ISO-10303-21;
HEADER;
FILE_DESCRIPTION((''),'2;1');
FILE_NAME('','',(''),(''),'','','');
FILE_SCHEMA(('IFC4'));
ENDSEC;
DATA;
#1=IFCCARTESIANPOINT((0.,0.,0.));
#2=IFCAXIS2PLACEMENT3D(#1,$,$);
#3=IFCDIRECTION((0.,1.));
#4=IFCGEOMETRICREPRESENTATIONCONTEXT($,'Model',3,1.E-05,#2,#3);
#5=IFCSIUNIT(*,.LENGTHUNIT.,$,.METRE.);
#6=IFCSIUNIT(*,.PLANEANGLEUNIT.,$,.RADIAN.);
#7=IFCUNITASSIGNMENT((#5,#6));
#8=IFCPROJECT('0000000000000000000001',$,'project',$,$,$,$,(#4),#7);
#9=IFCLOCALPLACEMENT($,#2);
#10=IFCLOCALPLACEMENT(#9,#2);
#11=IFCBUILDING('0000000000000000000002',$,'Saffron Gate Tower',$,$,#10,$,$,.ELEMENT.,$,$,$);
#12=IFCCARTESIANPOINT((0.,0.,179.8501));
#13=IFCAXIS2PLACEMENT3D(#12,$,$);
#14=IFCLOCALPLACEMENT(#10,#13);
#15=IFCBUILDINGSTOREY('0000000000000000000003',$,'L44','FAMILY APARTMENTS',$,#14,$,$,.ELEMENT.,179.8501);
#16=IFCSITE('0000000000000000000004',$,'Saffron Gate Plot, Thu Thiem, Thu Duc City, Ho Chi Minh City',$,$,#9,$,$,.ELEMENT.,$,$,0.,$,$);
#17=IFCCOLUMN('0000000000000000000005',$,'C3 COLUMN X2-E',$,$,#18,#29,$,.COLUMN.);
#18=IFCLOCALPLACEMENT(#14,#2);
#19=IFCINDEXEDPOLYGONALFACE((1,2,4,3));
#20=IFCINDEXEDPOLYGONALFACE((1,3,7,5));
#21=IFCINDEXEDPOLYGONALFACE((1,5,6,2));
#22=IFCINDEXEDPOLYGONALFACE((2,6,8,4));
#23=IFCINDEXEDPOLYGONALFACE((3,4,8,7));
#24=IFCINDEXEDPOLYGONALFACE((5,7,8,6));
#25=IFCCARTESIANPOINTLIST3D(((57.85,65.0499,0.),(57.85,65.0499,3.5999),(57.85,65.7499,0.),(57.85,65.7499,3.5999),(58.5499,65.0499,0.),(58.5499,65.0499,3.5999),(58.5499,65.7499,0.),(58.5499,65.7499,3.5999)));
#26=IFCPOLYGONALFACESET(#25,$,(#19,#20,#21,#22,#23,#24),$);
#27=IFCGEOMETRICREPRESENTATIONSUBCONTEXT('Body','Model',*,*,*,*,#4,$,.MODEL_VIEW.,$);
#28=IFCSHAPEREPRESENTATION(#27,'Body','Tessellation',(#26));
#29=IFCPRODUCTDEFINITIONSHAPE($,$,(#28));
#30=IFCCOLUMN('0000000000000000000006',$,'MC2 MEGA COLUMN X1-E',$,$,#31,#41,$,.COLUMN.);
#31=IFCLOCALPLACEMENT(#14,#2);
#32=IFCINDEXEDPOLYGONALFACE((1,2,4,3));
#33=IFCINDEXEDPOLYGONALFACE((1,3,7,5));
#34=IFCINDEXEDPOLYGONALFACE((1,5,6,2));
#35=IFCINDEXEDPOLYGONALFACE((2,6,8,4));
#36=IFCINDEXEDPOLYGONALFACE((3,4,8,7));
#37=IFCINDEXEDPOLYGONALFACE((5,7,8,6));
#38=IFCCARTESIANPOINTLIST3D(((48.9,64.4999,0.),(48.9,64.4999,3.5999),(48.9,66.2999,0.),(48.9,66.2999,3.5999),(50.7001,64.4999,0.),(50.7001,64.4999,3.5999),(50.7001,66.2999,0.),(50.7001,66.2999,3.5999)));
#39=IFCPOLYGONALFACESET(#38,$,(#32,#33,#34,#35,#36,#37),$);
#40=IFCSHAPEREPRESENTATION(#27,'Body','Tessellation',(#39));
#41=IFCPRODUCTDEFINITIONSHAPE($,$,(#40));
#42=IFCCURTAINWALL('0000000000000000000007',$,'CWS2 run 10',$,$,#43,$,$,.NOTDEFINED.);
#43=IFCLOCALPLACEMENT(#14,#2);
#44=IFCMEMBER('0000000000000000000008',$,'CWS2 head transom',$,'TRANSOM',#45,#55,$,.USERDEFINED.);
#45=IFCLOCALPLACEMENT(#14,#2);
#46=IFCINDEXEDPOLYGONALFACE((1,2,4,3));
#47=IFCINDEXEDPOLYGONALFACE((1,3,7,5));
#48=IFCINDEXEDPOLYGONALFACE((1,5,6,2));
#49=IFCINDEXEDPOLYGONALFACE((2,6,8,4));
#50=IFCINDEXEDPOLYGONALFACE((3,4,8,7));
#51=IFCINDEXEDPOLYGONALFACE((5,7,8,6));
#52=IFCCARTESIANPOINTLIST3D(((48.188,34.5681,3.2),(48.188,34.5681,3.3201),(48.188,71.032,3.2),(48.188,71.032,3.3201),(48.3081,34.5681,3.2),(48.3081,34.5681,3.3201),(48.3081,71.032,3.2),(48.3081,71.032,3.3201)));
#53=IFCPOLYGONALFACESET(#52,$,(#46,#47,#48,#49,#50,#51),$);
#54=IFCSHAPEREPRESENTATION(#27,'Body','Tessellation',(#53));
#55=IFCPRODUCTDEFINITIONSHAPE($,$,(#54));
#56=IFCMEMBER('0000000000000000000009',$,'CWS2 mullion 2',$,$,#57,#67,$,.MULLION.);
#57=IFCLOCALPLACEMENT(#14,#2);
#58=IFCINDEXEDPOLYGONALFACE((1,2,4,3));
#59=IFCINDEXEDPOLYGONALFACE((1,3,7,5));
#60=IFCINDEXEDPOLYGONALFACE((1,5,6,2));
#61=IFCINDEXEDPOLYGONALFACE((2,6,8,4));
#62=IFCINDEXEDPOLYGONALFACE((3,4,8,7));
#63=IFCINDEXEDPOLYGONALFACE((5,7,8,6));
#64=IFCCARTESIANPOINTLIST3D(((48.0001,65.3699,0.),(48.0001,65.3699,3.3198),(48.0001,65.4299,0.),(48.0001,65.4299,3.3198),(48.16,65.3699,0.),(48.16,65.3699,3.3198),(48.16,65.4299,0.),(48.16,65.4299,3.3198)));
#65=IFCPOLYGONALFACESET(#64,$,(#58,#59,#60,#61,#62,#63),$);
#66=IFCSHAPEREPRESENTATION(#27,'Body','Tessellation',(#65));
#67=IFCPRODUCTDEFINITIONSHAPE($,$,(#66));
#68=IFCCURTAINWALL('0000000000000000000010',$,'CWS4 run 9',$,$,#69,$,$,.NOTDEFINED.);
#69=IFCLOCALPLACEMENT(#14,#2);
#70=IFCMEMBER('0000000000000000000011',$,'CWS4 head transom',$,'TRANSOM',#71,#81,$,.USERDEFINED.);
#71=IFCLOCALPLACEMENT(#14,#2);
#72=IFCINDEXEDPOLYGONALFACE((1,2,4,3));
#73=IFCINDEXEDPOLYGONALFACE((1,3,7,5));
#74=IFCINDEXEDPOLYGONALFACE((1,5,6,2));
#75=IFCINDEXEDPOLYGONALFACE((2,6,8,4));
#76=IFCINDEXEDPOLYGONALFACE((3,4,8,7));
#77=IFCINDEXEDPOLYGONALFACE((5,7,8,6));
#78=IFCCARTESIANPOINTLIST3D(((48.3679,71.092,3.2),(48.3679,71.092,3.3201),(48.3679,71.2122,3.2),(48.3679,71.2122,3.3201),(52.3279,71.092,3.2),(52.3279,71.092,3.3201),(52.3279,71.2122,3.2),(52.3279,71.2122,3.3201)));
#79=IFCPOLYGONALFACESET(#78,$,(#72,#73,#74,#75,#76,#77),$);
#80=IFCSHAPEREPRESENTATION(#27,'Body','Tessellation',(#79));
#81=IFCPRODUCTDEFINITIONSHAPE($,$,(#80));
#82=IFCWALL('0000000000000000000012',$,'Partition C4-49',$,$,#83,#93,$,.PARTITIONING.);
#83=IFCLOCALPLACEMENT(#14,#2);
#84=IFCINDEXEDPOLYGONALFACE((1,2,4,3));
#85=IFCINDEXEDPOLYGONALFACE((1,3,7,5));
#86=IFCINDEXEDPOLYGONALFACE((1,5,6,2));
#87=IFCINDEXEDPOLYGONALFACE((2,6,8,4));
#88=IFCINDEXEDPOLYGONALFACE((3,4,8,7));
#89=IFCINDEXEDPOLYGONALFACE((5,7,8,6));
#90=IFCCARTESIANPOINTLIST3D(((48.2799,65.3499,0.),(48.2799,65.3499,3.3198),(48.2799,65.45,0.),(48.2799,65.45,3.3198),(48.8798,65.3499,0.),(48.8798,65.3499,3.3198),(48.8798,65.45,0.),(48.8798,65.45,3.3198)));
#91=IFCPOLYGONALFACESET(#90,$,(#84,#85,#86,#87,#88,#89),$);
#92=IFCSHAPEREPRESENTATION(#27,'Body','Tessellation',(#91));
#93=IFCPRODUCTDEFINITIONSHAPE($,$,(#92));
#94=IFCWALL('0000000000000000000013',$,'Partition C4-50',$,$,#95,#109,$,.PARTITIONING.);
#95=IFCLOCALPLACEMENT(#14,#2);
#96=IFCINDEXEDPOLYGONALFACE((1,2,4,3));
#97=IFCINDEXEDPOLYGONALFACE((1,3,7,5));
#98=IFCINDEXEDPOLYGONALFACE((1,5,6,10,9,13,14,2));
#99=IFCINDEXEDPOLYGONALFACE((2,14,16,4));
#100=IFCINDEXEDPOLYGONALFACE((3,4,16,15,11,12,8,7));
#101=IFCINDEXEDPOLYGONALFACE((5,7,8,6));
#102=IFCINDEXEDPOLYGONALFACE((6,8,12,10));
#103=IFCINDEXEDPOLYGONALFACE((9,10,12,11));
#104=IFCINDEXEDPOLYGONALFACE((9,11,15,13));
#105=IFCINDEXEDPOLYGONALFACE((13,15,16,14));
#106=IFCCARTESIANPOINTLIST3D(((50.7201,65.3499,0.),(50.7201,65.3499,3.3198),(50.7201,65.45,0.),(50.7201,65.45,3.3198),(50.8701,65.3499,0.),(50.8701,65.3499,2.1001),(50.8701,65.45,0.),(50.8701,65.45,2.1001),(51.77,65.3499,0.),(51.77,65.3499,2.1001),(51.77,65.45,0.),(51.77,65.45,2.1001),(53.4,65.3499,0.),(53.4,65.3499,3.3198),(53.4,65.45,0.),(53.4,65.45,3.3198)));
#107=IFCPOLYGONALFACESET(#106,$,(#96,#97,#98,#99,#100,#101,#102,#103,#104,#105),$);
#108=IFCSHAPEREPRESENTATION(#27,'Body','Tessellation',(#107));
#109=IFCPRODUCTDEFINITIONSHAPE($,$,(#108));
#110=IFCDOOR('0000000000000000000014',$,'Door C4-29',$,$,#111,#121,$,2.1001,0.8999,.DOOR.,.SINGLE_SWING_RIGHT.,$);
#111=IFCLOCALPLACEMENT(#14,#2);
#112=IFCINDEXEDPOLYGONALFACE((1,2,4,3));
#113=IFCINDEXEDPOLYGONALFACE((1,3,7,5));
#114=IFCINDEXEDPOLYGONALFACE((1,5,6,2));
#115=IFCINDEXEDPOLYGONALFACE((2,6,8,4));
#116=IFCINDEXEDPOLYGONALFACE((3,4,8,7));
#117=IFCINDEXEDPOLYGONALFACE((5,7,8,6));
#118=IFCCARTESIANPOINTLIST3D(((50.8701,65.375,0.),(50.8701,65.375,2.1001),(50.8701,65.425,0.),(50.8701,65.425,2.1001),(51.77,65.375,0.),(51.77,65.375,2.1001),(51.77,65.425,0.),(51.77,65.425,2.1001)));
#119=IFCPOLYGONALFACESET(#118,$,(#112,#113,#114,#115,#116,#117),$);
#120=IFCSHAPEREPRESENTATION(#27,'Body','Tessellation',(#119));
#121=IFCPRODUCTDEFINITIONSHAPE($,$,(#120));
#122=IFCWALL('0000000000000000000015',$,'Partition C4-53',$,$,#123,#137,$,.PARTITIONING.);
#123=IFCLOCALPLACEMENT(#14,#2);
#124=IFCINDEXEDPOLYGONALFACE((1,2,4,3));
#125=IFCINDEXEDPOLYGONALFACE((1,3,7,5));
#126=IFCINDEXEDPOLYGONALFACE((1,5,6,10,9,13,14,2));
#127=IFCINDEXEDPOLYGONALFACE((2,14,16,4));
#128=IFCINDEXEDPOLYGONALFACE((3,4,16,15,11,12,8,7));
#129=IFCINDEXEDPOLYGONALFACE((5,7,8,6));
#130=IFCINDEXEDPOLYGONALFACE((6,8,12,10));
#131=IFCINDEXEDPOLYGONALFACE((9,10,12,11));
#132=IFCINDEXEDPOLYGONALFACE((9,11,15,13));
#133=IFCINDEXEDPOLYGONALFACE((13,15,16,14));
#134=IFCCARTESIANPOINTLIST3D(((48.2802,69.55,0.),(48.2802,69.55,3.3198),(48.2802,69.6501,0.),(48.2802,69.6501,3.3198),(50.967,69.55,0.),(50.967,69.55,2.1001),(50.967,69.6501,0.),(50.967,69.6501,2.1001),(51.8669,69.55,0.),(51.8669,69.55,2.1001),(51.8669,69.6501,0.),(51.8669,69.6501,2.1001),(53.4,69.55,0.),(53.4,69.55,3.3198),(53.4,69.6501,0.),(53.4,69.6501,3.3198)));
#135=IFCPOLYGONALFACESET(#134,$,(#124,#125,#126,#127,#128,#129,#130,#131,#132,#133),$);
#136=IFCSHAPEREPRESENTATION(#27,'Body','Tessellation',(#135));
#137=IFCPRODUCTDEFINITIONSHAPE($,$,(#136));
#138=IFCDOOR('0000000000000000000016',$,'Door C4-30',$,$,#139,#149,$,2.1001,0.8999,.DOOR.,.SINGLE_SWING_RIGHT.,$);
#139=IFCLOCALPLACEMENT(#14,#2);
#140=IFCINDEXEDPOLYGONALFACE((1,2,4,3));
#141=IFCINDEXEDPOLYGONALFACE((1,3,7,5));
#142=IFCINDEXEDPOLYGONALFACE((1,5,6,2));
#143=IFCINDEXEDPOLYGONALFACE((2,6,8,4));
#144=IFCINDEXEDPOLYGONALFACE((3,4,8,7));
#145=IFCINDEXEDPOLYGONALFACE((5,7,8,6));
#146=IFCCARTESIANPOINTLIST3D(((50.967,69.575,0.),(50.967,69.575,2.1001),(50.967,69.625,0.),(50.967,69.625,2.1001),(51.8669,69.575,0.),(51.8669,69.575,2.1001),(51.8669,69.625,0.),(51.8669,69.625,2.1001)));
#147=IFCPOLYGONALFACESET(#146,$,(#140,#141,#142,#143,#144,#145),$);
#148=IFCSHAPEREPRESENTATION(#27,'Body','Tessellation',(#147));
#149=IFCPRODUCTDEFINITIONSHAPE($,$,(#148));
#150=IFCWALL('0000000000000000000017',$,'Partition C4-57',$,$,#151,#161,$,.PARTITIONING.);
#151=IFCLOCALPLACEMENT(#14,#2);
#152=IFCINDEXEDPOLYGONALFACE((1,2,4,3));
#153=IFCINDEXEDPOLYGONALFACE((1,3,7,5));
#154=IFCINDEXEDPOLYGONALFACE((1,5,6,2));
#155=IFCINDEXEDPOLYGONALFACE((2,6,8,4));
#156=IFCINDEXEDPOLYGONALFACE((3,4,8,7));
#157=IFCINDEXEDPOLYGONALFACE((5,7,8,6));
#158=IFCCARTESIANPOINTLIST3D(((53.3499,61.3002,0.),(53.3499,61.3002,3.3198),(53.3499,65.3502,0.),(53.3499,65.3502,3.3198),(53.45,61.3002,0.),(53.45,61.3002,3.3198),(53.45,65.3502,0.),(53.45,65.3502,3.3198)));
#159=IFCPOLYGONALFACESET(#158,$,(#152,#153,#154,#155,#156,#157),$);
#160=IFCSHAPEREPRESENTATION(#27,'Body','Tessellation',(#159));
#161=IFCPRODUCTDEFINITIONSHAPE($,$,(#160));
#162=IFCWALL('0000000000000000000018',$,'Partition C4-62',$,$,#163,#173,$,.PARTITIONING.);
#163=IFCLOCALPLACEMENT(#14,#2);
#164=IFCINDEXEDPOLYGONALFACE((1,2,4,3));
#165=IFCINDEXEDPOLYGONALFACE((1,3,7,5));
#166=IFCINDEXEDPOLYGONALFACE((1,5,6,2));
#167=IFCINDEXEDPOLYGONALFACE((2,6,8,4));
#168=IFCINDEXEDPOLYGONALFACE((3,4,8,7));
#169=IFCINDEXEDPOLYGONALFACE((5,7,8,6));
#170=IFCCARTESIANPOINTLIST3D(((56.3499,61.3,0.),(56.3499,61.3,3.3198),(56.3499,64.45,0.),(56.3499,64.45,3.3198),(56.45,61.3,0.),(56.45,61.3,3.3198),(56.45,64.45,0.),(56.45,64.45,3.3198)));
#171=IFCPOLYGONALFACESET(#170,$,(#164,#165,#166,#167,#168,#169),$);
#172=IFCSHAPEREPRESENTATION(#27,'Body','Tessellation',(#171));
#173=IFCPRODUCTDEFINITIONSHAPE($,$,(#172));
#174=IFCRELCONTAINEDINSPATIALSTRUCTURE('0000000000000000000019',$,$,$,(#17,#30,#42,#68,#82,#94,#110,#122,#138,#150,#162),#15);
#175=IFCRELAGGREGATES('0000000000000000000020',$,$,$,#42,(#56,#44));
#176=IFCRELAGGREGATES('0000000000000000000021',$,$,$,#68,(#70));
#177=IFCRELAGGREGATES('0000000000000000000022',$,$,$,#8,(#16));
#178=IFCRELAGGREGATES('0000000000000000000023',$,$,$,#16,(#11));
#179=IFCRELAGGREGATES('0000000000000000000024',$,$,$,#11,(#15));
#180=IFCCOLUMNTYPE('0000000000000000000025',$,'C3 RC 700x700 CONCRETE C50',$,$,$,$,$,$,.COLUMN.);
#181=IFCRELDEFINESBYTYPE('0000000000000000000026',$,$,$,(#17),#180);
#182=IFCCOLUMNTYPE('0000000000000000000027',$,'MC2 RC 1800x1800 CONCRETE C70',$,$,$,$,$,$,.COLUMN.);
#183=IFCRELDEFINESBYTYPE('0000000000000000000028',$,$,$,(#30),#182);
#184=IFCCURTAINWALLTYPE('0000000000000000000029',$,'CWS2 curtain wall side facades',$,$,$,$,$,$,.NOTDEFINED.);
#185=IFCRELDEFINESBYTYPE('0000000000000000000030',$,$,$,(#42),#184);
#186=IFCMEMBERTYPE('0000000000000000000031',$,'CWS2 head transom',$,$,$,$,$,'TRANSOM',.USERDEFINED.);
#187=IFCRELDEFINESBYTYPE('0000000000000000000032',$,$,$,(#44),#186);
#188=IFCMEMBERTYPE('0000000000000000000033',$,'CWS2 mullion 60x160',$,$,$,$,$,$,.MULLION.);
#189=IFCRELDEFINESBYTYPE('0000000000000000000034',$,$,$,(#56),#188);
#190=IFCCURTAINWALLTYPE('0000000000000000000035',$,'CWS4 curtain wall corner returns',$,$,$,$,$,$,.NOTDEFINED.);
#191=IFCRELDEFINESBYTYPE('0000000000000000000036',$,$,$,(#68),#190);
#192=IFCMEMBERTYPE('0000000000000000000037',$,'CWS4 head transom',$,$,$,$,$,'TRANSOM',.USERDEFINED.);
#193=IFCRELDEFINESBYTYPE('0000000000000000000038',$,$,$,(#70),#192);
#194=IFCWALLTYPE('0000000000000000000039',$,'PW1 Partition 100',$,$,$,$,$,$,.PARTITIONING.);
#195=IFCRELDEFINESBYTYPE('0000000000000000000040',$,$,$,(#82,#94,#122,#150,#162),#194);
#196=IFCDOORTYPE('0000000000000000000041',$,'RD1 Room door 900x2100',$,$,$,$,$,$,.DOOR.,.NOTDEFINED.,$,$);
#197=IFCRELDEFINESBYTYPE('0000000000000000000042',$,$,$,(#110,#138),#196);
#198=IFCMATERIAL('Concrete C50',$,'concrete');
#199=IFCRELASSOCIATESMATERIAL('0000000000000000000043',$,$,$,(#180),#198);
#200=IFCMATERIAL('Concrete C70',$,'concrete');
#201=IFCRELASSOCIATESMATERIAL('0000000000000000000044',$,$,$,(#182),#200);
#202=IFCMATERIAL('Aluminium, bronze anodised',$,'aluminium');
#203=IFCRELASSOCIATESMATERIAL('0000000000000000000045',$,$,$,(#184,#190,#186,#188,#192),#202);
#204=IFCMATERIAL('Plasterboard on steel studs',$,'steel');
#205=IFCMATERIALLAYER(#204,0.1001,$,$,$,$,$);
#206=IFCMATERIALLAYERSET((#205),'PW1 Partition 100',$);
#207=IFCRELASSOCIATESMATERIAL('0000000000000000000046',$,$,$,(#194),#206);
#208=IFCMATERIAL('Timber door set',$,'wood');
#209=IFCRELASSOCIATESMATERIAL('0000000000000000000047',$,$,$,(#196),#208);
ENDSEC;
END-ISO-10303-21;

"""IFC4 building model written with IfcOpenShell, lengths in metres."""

from ifc_helpers import new_model, si_unit, direction, frame, frame_2d, origin, origin_2d, place, context, subcontext, project, spatial, rectangle, extrude, material, layer, layer_set, material_profile, profile_set, type_object, element, fill, aggregate, save


model = new_model("IFC4")

# Units and contexts
model_context = context("Model", 3, precision=1e-05, world=origin(), true_north=direction((0.0, 1.0)))
body_context = subcontext(model_context, "Body", "Model", "MODEL_VIEW")
ifc_project = project(units=[si_unit("LENGTHUNIT", "METRE"), si_unit("PLANEANGLEUNIT", "RADIAN")], contexts=[model_context])

# Site, building, storey
site_placement = place(None, origin())
site = spatial("IfcSite", under=ifc_project, at=site_placement, Name="Saffron Gate Plot, Thu Thiem, Thu Duc City, Ho Chi Minh City", CompositionType="ELEMENT", RefElevation=0.0)
building_placement = place(site_placement, origin())
building = spatial("IfcBuilding", under=site, at=building_placement, Name="Saffron Gate Tower", CompositionType="ELEMENT")
storey_placement = place(building_placement, frame((0.0, 0.0, 179.8501)))
storey = spatial("IfcBuildingStorey", under=building, at=storey_placement, Name="L44", Description="FAMILY APARTMENTS", CompositionType="ELEMENT", Elevation=179.8501)

# Columns
ifc_material_1 = material(Name="Concrete C50", Category="concrete")
ifc_material_profile_1 = material_profile(ifc_material_1, rectangle(XDim=0.7, YDim=0.7, at=origin_2d()))
ifc_profile_set_1 = profile_set([ifc_material_profile_1], Name="Concrete C50")
column_type_1 = type_object("IfcColumnType", Name="C3 RC 700x700 CONCRETE C50", PredefinedType="COLUMN", material=ifc_profile_set_1)
column_1_placement = place(storey_placement, frame((58.2, 65.3999, 0.0), z_axis=(0.0, 0.0, 1.0), x_axis=(1.0, 0.0, 0.0)))
element("IfcColumn", 1, at=column_1_placement, inside=storey, type_object=column_type_1, Name="C3 COLUMN X2-E", PredefinedType="COLUMN", context=body_context, shape_type="SweptSolid", body=[
    extrude(rectangle(XDim=0.7, YDim=0.7, at=origin_2d()), origin(), (0.0, 0.0, 1.0), 3.5999),
])
ifc_material_2 = material(Name="Concrete C70", Category="concrete")
ifc_material_profile_2 = material_profile(ifc_material_2, rectangle(XDim=1.8, YDim=1.8, at=origin_2d()))
ifc_profile_set_2 = profile_set([ifc_material_profile_2], Name="Concrete C70")
column_type_2 = type_object("IfcColumnType", Name="MC2 RC 1800x1800 CONCRETE C70", PredefinedType="COLUMN", material=ifc_profile_set_2)
column_2_placement = place(storey_placement, frame((49.8, 65.3999, 0.0), z_axis=(0.0, 0.0, 1.0), x_axis=(1.0, 0.0, 0.0)))
element("IfcColumn", 2, at=column_2_placement, inside=storey, type_object=column_type_2, Name="MC2 MEGA COLUMN X1-E", PredefinedType="COLUMN", context=body_context, shape_type="SweptSolid", body=[
    extrude(rectangle(XDim=1.8, YDim=1.8, at=origin_2d()), origin(), (0.0, 0.0, 1.0), 3.5999),
])

# Curtain wall, members
ifc_material_3 = material(Name="Aluminium, bronze anodised", Category="aluminium")
curtain_wall_type_1 = type_object("IfcCurtainWallType", Name="CWS2 curtain wall side facades", PredefinedType="NOTDEFINED", material=ifc_material_3)
curtain_wall_1_placement = place(storey_placement, origin())
curtain_wall_1 = element("IfcCurtainWall", 3, at=curtain_wall_1_placement, inside=storey, type_object=curtain_wall_type_1, Name="CWS2 run 10", PredefinedType="NOTDEFINED")
ifc_material_profile_3 = material_profile(ifc_material_3, rectangle(XDim=0.1201, YDim=0.1201, at=origin_2d()))
ifc_profile_set_3 = profile_set([ifc_material_profile_3], Name="Aluminium, bronze anodised")
member_type_1 = type_object("IfcMemberType", Name="CWS2 head transom", ElementType="TRANSOM", PredefinedType="USERDEFINED", material=ifc_profile_set_3)
member_1_placement = place(storey_placement, frame((48.248, 71.032, 3.26), z_axis=(0.0, -1.0, 0.0), x_axis=(1.0, 0.0, 0.0)))
member_1 = element("IfcMember", 4, at=member_1_placement, type_object=member_type_1, Name="CWS2 head transom", ObjectType="TRANSOM", PredefinedType="USERDEFINED", context=body_context, shape_type="SweptSolid", body=[
    extrude(rectangle(XDim=0.1201, YDim=0.1201, at=origin_2d()), origin(), (0.0, 0.0, 1.0), 36.4639),
])
ifc_material_profile_4 = material_profile(ifc_material_3, rectangle(XDim=0.1599, YDim=0.0601, at=origin_2d()))
ifc_profile_set_4 = profile_set([ifc_material_profile_4], Name="Aluminium, bronze anodised")
member_type_2 = type_object("IfcMemberType", Name="CWS2 mullion 60x160", PredefinedType="MULLION", material=ifc_profile_set_4)
member_2_placement = place(storey_placement, frame((48.0801, 65.3999, 0.0), z_axis=(0.0, 0.0, 1.0), x_axis=(1.0, 0.0, 0.0)))
member_2 = element("IfcMember", 5, at=member_2_placement, type_object=member_type_2, Name="CWS2 mullion 2", PredefinedType="MULLION", context=body_context, shape_type="SweptSolid", body=[
    extrude(rectangle(XDim=0.1599, YDim=0.0601, at=origin_2d()), origin(), (0.0, 0.0, 1.0), 3.3198),
])
aggregate(curtain_wall_1, [member_2, member_1])

# Curtain wall, member
curtain_wall_type_2 = type_object("IfcCurtainWallType", Name="CWS4 curtain wall corner returns", PredefinedType="NOTDEFINED", material=ifc_material_3)
curtain_wall_2_placement = place(storey_placement, origin())
curtain_wall_2 = element("IfcCurtainWall", 6, at=curtain_wall_2_placement, inside=storey, type_object=curtain_wall_type_2, Name="CWS4 run 9", PredefinedType="NOTDEFINED")
ifc_material_profile_5 = material_profile(ifc_material_3, rectangle(XDim=0.1201, YDim=0.1201, at=origin_2d()))
ifc_profile_set_5 = profile_set([ifc_material_profile_5], Name="Aluminium, bronze anodised")
member_type_3 = type_object("IfcMemberType", Name="CWS4 head transom", ElementType="TRANSOM", PredefinedType="USERDEFINED", material=ifc_profile_set_5)
member_3_placement = place(storey_placement, frame((52.3279, 71.1521, 3.26), z_axis=(-1.0, 0.0, 0.0), x_axis=(0.0, -1.0, 0.0)))
member_3 = element("IfcMember", 7, at=member_3_placement, type_object=member_type_3, Name="CWS4 head transom", ObjectType="TRANSOM", PredefinedType="USERDEFINED", context=body_context, shape_type="SweptSolid", body=[
    extrude(rectangle(XDim=0.1201, YDim=0.1201, at=origin_2d()), origin(), (0.0, 0.0, 1.0), 3.96),
])
aggregate(curtain_wall_2, [member_3])

# Wall
ifc_material_4 = material(Name="Plasterboard on steel studs", Category="steel")
ifc_layer_1 = layer(ifc_material_4, 0.1001)
ifc_layer_set_1 = layer_set([ifc_layer_1], Name="PW1 Partition 100")
wall_type_1 = type_object("IfcWallType", Name="PW1 Partition 100", PredefinedType="PARTITIONING", material=ifc_layer_set_1)
wall_1_placement = place(storey_placement, frame((48.28, 65.3999, 0.0), z_axis=(0.0, 0.0, 1.0), x_axis=(1.0, 0.0, 0.0)))
element("IfcWall", 8, at=wall_1_placement, inside=storey, type_object=wall_type_1, Name="Partition C4-49", PredefinedType="PARTITIONING", context=body_context, shape_type="SweptSolid", body=[
    extrude(rectangle(XDim=0.5999, YDim=0.1001, at=frame_2d((0.2998, 0.0))), origin(), (0.0, 0.0, 1.0), 3.3198),
])

# Walls, openings, doors
wall_2_placement = place(storey_placement, frame((53.3999, 65.3999, 0.0), z_axis=(0.0, 0.0, 1.0), x_axis=(-1.0, 0.0, 0.0)))
wall_2 = element("IfcWall", 9, at=wall_2_placement, inside=storey, type_object=wall_type_1, Name="Partition C4-50", PredefinedType="PARTITIONING", context=body_context, shape_type="SweptSolid", body=[
    extrude(rectangle(XDim=2.6799, YDim=0.1001, at=frame_2d((1.3398, 0.0))), origin(), (0.0, 0.0, 1.0), 3.3198),
])
opening_1_placement = place(wall_2_placement, frame((1.6299, 0.0, 0.0)))
opening_1 = element("IfcOpeningElement", 10, at=opening_1_placement, cuts=wall_2, PredefinedType="OPENING", context=body_context, shape_type="SweptSolid", body=[
    extrude(rectangle(XDim=0.8999, YDim=2.1001, at=frame_2d((0.45, 1.05))), frame((0.0, 0.0601, 0.0), z_axis=(0.0, -1.0, 0.0), x_axis=(1.0, 0.0, 0.0)), (0.0, 0.0, 1.0), 0.1201),
])
ifc_material_5 = material(Name="Timber door set", Category="wood")
door_type = type_object("IfcDoorType", Name="RD1 Room door 900x2100", OperationType="NOTDEFINED", PredefinedType="DOOR", material=ifc_material_5)
door_1_placement = place(opening_1_placement, origin())
door_1 = element("IfcDoor", 11, at=door_1_placement, inside=storey, type_object=door_type, Name="Door C4-29", OperationType="SINGLE_SWING_RIGHT", OverallHeight=2.1001, OverallWidth=0.8999, PredefinedType="DOOR", context=body_context, shape_type="SweptSolid", body=[
    extrude(rectangle(XDim=0.8999, YDim=2.1001, at=frame_2d((0.45, 1.05))), frame((0.0, 0.0249, 0.0), z_axis=(0.0, -1.0, 0.0), x_axis=(1.0, 0.0, 0.0)), (0.0, 0.0, 1.0), 0.05),
])
fill(opening_1, door_1)
wall_3_placement = place(storey_placement, frame((48.28, 69.6001, 0.0), z_axis=(0.0, 0.0, 1.0), x_axis=(1.0, 0.0, 0.0)))
wall_3 = element("IfcWall", 12, at=wall_3_placement, inside=storey, type_object=wall_type_1, Name="Partition C4-53", PredefinedType="PARTITIONING", context=body_context, shape_type="SweptSolid", body=[
    extrude(rectangle(XDim=5.1199, YDim=0.1001, at=frame_2d((2.5601, 0.0))), origin(), (0.0, 0.0, 1.0), 3.3198),
])
opening_2_placement = place(wall_3_placement, frame((2.687, 0.0, 0.0)))
opening_2 = element("IfcOpeningElement", 13, at=opening_2_placement, cuts=wall_3, PredefinedType="OPENING", context=body_context, shape_type="SweptSolid", body=[
    extrude(rectangle(XDim=0.8999, YDim=2.1001, at=frame_2d((0.45, 1.05))), frame((0.0, 0.0601, 0.0), z_axis=(0.0, -1.0, 0.0), x_axis=(1.0, 0.0, 0.0)), (0.0, 0.0, 1.0), 0.1201),
])
door_2_placement = place(opening_2_placement, origin())
door_2 = element("IfcDoor", 14, at=door_2_placement, inside=storey, type_object=door_type, Name="Door C4-30", OperationType="SINGLE_SWING_RIGHT", OverallHeight=2.1001, OverallWidth=0.8999, PredefinedType="DOOR", context=body_context, shape_type="SweptSolid", body=[
    extrude(rectangle(XDim=0.8999, YDim=2.1001, at=frame_2d((0.45, 1.05))), frame((0.0, 0.0249, 0.0), z_axis=(0.0, -1.0, 0.0), x_axis=(1.0, 0.0, 0.0)), (0.0, 0.0, 1.0), 0.05),
])
fill(opening_2, door_2)

# Walls
wall_4_placement = place(storey_placement, frame((53.3999, 65.3501, 0.0), z_axis=(0.0, 0.0, 1.0), x_axis=(0.0, -1.0, 0.0)))
element("IfcWall", 15, at=wall_4_placement, inside=storey, type_object=wall_type_1, Name="Partition C4-57", PredefinedType="PARTITIONING", context=body_context, shape_type="SweptSolid", body=[
    extrude(rectangle(XDim=4.05, YDim=0.1001, at=frame_2d((2.0249, 0.0))), origin(), (0.0, 0.0, 1.0), 3.3198),
])
wall_5_placement = place(storey_placement, frame((56.3999, 64.45, 0.0), z_axis=(0.0, 0.0, 1.0), x_axis=(0.0, -1.0, 0.0)))
element("IfcWall", 16, at=wall_5_placement, inside=storey, type_object=wall_type_1, Name="Partition C4-62", PredefinedType="PARTITIONING", context=body_context, shape_type="SweptSolid", body=[
    extrude(rectangle(XDim=3.1499, YDim=0.1001, at=frame_2d((1.575, 0.0))), origin(), (0.0, 0.0, 1.0), 3.3198),
])

save(model, "model.ifc")
